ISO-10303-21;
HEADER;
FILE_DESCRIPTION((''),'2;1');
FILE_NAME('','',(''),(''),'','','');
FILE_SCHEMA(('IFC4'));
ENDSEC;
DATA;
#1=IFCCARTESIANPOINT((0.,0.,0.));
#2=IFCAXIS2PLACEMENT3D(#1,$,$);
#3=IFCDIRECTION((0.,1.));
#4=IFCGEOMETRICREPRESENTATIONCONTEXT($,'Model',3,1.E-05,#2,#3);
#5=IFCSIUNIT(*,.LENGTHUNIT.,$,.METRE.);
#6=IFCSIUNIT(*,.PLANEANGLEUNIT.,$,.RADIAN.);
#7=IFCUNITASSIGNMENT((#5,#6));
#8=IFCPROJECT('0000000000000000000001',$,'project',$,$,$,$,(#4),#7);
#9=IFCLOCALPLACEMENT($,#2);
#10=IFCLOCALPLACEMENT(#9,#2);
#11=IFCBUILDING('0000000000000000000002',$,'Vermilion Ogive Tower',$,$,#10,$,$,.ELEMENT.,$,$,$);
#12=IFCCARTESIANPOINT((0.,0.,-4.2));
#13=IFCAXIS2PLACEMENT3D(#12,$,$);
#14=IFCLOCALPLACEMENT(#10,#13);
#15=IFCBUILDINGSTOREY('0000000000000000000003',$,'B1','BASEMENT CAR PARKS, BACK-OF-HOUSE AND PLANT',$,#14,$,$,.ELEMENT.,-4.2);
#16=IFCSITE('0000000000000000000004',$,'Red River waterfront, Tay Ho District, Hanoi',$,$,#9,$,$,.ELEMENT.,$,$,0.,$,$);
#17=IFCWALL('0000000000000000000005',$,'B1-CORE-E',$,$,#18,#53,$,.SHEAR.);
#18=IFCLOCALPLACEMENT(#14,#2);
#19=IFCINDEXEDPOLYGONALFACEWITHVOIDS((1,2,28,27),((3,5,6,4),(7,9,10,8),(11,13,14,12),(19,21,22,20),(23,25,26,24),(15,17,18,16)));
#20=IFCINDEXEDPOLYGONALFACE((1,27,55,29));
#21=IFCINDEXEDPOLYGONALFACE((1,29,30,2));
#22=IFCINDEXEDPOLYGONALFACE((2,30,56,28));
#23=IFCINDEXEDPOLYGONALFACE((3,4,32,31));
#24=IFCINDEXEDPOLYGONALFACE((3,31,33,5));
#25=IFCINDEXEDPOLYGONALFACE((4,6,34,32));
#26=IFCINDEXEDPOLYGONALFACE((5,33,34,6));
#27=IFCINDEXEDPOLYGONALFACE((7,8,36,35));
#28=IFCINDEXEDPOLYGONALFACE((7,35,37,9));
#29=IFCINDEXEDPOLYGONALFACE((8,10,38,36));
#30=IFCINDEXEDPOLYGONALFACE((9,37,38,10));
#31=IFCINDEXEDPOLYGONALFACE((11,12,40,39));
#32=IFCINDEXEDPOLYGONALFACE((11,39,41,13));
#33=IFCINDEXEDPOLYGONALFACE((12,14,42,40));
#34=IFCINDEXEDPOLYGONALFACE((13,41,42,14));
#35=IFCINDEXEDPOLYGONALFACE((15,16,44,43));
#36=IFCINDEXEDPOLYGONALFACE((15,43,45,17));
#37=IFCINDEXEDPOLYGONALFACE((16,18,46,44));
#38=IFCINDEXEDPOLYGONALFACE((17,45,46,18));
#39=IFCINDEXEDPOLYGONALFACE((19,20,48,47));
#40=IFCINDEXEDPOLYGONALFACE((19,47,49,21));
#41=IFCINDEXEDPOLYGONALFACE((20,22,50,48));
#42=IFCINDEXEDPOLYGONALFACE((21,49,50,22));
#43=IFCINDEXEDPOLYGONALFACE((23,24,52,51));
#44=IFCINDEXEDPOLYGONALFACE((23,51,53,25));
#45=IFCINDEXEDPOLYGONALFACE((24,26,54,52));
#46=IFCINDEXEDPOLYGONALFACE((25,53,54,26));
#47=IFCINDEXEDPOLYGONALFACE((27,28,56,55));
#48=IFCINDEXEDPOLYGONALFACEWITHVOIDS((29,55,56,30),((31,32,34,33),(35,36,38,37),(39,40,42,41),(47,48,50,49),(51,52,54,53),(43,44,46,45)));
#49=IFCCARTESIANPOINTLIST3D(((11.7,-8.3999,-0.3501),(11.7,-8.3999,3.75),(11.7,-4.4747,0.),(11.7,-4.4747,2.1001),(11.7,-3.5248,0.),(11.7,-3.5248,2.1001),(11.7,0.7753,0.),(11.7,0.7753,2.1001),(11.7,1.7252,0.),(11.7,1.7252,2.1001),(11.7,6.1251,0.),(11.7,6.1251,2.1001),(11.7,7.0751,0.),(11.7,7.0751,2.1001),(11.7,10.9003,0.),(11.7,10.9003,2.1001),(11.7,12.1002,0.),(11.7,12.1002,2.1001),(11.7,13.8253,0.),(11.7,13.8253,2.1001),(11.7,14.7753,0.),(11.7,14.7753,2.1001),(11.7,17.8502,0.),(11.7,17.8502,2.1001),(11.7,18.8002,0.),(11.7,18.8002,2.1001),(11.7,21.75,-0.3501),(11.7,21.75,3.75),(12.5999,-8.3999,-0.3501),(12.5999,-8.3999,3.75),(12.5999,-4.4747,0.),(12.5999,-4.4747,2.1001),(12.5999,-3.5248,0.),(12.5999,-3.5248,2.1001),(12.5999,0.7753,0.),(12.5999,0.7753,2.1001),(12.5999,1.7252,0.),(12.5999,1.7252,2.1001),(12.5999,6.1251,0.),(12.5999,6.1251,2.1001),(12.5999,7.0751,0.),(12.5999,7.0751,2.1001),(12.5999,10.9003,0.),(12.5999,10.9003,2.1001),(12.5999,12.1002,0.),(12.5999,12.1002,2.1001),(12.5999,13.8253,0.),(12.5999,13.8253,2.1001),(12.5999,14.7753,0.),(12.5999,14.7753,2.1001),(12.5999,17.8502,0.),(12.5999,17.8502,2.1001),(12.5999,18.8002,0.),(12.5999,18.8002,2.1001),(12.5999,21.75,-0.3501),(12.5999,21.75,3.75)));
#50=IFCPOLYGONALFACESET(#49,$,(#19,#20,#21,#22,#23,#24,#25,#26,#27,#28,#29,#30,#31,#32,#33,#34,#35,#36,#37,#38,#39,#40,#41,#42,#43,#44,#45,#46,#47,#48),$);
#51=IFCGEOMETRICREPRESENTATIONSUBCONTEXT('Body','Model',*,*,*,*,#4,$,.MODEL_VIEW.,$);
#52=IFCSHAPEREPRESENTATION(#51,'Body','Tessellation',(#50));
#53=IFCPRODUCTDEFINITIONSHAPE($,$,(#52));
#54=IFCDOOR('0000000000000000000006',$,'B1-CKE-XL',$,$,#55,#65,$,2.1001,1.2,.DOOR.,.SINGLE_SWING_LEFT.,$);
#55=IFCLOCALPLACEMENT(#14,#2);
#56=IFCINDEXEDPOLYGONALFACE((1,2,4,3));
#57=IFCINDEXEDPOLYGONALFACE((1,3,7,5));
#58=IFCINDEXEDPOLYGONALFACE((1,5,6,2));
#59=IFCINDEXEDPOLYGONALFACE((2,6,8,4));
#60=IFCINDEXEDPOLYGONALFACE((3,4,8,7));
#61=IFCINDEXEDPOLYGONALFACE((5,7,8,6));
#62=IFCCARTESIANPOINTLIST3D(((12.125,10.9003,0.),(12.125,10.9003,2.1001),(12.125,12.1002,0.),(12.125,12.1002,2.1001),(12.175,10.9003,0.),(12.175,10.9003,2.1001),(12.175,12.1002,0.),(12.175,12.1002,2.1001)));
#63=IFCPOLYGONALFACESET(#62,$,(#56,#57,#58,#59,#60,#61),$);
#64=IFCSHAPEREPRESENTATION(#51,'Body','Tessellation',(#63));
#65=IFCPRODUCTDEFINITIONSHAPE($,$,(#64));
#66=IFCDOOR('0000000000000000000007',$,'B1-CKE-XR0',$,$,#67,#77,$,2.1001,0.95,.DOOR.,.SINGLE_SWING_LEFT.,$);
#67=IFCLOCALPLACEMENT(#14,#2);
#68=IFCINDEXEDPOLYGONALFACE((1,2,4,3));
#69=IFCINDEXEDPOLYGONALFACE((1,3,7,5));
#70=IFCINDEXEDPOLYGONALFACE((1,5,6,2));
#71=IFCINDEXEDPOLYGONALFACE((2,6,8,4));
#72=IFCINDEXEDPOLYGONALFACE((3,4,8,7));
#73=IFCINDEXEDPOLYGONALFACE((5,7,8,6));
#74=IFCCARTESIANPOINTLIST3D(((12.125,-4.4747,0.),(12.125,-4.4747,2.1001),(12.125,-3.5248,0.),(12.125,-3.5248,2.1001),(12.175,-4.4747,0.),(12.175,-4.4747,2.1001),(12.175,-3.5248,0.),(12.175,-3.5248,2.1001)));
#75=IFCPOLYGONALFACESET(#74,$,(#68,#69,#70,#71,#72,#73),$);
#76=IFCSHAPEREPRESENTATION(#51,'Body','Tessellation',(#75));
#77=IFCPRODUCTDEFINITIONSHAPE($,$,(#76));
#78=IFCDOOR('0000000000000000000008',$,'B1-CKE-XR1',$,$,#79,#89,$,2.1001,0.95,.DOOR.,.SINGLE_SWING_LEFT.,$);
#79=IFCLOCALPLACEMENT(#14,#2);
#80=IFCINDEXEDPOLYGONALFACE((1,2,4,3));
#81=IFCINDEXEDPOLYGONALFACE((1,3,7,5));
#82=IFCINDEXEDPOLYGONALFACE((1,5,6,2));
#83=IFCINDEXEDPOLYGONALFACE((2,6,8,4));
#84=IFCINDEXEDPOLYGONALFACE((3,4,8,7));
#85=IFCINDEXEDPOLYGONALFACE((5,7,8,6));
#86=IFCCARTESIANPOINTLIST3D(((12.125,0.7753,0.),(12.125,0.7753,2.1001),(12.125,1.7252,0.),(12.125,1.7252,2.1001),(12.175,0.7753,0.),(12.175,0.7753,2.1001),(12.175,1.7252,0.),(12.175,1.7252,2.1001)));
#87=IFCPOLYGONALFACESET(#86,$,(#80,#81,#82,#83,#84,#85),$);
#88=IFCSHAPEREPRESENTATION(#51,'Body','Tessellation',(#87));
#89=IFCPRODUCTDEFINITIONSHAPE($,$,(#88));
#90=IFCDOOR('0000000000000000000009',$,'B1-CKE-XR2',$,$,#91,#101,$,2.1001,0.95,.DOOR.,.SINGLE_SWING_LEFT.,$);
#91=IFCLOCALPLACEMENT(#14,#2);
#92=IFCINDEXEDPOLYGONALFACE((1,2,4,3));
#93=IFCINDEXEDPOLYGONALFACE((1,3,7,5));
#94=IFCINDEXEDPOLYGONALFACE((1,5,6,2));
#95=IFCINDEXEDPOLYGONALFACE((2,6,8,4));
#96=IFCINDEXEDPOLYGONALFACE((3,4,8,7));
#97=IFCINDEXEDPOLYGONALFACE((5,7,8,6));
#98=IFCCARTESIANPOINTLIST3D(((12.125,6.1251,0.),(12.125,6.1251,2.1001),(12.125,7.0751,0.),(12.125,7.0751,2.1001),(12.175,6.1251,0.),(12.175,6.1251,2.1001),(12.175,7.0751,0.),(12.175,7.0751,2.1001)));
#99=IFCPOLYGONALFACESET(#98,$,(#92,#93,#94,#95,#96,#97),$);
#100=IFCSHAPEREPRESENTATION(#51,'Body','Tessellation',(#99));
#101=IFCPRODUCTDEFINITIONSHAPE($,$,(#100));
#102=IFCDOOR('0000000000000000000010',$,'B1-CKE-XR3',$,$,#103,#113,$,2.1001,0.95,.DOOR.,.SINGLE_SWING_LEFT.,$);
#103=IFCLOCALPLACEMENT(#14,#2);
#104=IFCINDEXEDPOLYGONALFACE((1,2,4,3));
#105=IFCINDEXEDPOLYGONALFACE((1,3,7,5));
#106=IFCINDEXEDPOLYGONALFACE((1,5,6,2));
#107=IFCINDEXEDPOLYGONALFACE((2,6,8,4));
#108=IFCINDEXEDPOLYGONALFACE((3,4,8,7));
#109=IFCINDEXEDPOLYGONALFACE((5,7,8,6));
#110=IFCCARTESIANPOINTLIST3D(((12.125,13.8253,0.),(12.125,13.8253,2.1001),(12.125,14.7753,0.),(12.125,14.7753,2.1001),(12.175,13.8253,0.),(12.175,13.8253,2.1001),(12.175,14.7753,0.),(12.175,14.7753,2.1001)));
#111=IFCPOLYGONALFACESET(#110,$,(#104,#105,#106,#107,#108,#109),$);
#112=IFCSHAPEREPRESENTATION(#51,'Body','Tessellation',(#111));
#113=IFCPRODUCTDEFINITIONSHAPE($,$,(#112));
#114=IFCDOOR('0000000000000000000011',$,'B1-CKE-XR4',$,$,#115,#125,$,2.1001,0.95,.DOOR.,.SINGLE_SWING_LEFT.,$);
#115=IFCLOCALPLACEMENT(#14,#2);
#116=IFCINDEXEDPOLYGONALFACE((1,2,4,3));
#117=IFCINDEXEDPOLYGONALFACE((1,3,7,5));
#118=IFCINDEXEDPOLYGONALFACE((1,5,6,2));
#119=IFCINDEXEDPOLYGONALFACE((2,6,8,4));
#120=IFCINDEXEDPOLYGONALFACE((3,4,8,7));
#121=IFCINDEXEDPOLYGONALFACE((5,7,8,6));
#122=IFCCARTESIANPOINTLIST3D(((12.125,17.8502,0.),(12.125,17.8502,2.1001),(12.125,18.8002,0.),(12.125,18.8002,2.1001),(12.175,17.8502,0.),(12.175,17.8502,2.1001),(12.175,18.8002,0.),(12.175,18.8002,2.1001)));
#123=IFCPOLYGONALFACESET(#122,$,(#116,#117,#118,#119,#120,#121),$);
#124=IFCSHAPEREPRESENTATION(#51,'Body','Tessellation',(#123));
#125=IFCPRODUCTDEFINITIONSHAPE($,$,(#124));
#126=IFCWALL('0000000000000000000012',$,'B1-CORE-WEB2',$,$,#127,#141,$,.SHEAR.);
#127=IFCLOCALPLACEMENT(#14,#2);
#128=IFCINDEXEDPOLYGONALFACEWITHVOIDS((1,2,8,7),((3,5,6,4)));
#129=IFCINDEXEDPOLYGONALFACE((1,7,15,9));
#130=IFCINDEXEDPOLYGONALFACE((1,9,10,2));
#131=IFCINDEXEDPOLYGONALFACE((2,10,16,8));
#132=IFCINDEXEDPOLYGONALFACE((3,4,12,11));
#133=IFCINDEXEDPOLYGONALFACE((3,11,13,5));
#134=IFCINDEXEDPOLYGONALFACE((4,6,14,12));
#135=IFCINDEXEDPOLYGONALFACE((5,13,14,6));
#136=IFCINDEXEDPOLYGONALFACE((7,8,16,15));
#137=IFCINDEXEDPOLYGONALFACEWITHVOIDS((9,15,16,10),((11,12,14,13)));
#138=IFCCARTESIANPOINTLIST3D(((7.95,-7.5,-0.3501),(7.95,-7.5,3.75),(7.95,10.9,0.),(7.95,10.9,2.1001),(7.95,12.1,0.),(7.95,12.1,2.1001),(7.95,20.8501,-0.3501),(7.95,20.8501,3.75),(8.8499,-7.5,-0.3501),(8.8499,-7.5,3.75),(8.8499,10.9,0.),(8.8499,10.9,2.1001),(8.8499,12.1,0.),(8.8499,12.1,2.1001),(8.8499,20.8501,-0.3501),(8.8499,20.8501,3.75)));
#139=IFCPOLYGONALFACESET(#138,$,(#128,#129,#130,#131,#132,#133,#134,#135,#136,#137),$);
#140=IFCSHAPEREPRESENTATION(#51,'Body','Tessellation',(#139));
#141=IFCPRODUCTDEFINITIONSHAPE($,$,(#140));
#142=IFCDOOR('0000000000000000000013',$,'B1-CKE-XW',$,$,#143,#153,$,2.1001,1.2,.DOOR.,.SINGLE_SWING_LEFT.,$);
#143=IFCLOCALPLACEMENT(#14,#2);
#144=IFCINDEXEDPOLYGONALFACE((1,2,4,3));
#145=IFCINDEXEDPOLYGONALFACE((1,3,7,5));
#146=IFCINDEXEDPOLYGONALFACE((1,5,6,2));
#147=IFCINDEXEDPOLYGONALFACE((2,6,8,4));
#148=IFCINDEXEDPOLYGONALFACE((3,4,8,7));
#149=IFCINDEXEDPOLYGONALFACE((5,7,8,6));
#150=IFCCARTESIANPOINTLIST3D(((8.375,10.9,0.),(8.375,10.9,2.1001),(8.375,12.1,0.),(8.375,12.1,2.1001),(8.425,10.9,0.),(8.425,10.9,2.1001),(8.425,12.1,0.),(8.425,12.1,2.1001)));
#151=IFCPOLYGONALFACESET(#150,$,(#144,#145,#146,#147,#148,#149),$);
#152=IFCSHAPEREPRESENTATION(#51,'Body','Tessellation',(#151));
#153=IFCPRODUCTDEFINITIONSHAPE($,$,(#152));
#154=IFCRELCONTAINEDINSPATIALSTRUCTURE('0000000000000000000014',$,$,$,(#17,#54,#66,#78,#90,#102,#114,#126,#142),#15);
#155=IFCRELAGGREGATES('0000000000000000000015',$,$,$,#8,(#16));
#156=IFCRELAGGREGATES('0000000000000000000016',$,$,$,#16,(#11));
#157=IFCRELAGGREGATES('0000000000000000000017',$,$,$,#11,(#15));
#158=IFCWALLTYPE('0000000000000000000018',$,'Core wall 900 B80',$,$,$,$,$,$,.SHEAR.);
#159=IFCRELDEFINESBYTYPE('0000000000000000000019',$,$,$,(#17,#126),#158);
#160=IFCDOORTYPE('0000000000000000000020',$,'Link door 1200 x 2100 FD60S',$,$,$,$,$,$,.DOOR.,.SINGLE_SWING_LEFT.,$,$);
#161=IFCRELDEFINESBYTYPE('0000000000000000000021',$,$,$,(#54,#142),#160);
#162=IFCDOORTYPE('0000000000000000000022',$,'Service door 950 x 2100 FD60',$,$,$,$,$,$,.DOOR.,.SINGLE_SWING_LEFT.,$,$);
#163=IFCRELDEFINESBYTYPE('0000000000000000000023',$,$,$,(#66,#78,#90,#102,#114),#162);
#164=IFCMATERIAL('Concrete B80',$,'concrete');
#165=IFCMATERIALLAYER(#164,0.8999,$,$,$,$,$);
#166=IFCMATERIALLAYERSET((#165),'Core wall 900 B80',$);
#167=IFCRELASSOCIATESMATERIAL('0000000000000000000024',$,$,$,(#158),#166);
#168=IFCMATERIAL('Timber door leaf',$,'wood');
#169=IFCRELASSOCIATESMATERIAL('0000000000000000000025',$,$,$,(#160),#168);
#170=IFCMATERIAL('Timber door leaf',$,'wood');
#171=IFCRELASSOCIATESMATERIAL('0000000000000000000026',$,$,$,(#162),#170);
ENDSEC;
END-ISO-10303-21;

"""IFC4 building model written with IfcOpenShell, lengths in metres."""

from ifc_helpers import new_model, si_unit, direction, frame, frame_2d, origin, place, context, subcontext, project, spatial, rectangle, extrude, material, layer, layer_set, type_object, element, fill, save


model = new_model("IFC4")

# Units and contexts
model_context = context("Model", 3, precision=1e-05, world=origin(), true_north=direction((0.0, 1.0)))
body_context = subcontext(model_context, "Body", "Model", "MODEL_VIEW")
ifc_project = project(units=[si_unit("LENGTHUNIT", "METRE"), si_unit("PLANEANGLEUNIT", "RADIAN")], contexts=[model_context])

# Site, building, storey
site_placement = place(None, origin())
site = spatial("IfcSite", under=ifc_project, at=site_placement, Name="Red River waterfront, Tay Ho District, Hanoi", CompositionType="ELEMENT", RefElevation=0.0)
building_placement = place(site_placement, origin())
building = spatial("IfcBuilding", under=site, at=building_placement, Name="Vermilion Ogive Tower", CompositionType="ELEMENT")
storey_placement = place(building_placement, frame((0.0, 0.0, -4.2)))
storey = spatial("IfcBuildingStorey", under=building, at=storey_placement, Name="B1", Description="BASEMENT CAR PARKS, BACK-OF-HOUSE AND PLANT", CompositionType="ELEMENT", Elevation=-4.2)

# Wall, openings, doors
ifc_material_1 = material(Name="Concrete B80", Category="concrete")
ifc_layer_1 = layer(ifc_material_1, 0.8999)
ifc_layer_set_1 = layer_set([ifc_layer_1], Name="Core wall 900 B80")
wall_type_1 = type_object("IfcWallType", Name="Core wall 900 B80", PredefinedType="SHEAR", material=ifc_layer_set_1)
wall_1_placement = place(storey_placement, frame((12.1499, -8.3999, -0.3501), z_axis=(0.0, 0.0, 1.0), x_axis=(0.0, 1.0, 0.0)))
wall_1 = element("IfcWall", 1, at=wall_1_placement, inside=storey, type_object=wall_type_1, Name="B1-CORE-E", PredefinedType="SHEAR", context=body_context, shape_type="SweptSolid", body=[
    extrude(rectangle(XDim=30.1499, YDim=0.8999, at=frame_2d((15.075, 0.0))), origin(), (0.0, 0.0, 1.0), 4.1001),
])
opening_1_placement = place(wall_1_placement, frame((3.925, 0.0, 0.3501)))
opening_1 = element("IfcOpeningElement", 2, at=opening_1_placement, cuts=wall_1, PredefinedType="OPENING", context=body_context, shape_type="SweptSolid", body=[
    extrude(rectangle(XDim=0.95, YDim=2.1001, at=frame_2d((0.4751, 1.05))), frame((0.0, 0.46, 0.0), z_axis=(0.0, -1.0, 0.0), x_axis=(1.0, 0.0, 0.0)), (0.0, 0.0, 1.0), 0.9199),
])
opening_2_placement = place(wall_1_placement, frame((9.175, 0.0, 0.3501)))
opening_2 = element("IfcOpeningElement", 3, at=opening_2_placement, cuts=wall_1, PredefinedType="OPENING", context=body_context, shape_type="SweptSolid", body=[
    extrude(rectangle(XDim=0.95, YDim=2.1001, at=frame_2d((0.4751, 1.05))), frame((0.0, 0.46, 0.0), z_axis=(0.0, -1.0, 0.0), x_axis=(1.0, 0.0, 0.0)), (0.0, 0.0, 1.0), 0.9199),
])
opening_3_placement = place(wall_1_placement, frame((14.5249, 0.0, 0.3501)))
opening_3 = element("IfcOpeningElement", 4, at=opening_3_placement, cuts=wall_1, PredefinedType="OPENING", context=body_context, shape_type="SweptSolid", body=[
    extrude(rectangle(XDim=0.95, YDim=2.1001, at=frame_2d((0.4751, 1.05))), frame((0.0, 0.46, 0.0), z_axis=(0.0, -1.0, 0.0), x_axis=(1.0, 0.0, 0.0)), (0.0, 0.0, 1.0), 0.9199),
])
opening_4_placement = place(wall_1_placement, frame((22.2251, 0.0, 0.3501)))
opening_4 = element("IfcOpeningElement", 5, at=opening_4_placement, cuts=wall_1, PredefinedType="OPENING", context=body_context, shape_type="SweptSolid", body=[
    extrude(rectangle(XDim=0.95, YDim=2.1001, at=frame_2d((0.4751, 1.05))), frame((0.0, 0.46, 0.0), z_axis=(0.0, -1.0, 0.0), x_axis=(1.0, 0.0, 0.0)), (0.0, 0.0, 1.0), 0.9199),
])
opening_5_placement = place(wall_1_placement, frame((26.25, 0.0, 0.3501)))
opening_5 = element("IfcOpeningElement", 6, at=opening_5_placement, cuts=wall_1, PredefinedType="OPENING", context=body_context, shape_type="SweptSolid", body=[
    extrude(rectangle(XDim=0.95, YDim=2.1001, at=frame_2d((0.4751, 1.05))), frame((0.0, 0.46, 0.0), z_axis=(0.0, -1.0, 0.0), x_axis=(1.0, 0.0, 0.0)), (0.0, 0.0, 1.0), 0.9199),
])
opening_6_placement = place(wall_1_placement, frame((19.3, 0.0, 0.3501)))
opening_6 = element("IfcOpeningElement", 7, at=opening_6_placement, cuts=wall_1, PredefinedType="OPENING", context=body_context, shape_type="SweptSolid", body=[
    extrude(rectangle(XDim=1.2, YDim=2.1001, at=frame_2d((0.6001, 1.05))), frame((0.0, 0.46, 0.0), z_axis=(0.0, -1.0, 0.0), x_axis=(1.0, 0.0, 0.0)), (0.0, 0.0, 1.0), 0.9199),
])
ifc_material_2 = material(Name="Timber door leaf", Category="wood")
door_type_1 = type_object("IfcDoorType", Name="Link door 1200 x 2100 FD60S", OperationType="SINGLE_SWING_LEFT", PredefinedType="DOOR", material=ifc_material_2)
door_1_placement = place(opening_6_placement, origin())
door_1 = element("IfcDoor", 8, at=door_1_placement, inside=storey, type_object=door_type_1, Name="B1-CKE-XL", OperationType="SINGLE_SWING_LEFT", OverallHeight=2.1001, OverallWidth=1.2, PredefinedType="DOOR", context=body_context, shape_type="SweptSolid", body=[
    extrude(rectangle(XDim=1.2, YDim=2.1001, at=frame_2d((0.6001, 1.05))), frame((0.0, 0.0249, 0.0), z_axis=(0.0, -1.0, 0.0), x_axis=(1.0, 0.0, 0.0)), (0.0, 0.0, 1.0), 0.05),
])
fill(opening_6, door_1)
ifc_material_3 = material(Name="Timber door leaf", Category="wood")
door_type_2 = type_object("IfcDoorType", Name="Service door 950 x 2100 FD60", OperationType="SINGLE_SWING_LEFT", PredefinedType="DOOR", material=ifc_material_3)
door_2_placement = place(opening_1_placement, origin())
door_2 = element("IfcDoor", 9, at=door_2_placement, inside=storey, type_object=door_type_2, Name="B1-CKE-XR0", OperationType="SINGLE_SWING_LEFT", OverallHeight=2.1001, OverallWidth=0.95, PredefinedType="DOOR", context=body_context, shape_type="SweptSolid", body=[
    extrude(rectangle(XDim=0.95, YDim=2.1001, at=frame_2d((0.4751, 1.05))), frame((0.0, 0.0249, 0.0), z_axis=(0.0, -1.0, 0.0), x_axis=(1.0, 0.0, 0.0)), (0.0, 0.0, 1.0), 0.05),
])
fill(opening_1, door_2)
door_3_placement = place(opening_2_placement, origin())
door_3 = element("IfcDoor", 10, at=door_3_placement, inside=storey, type_object=door_type_2, Name="B1-CKE-XR1", OperationType="SINGLE_SWING_LEFT", OverallHeight=2.1001, OverallWidth=0.95, PredefinedType="DOOR", context=body_context, shape_type="SweptSolid", body=[
    extrude(rectangle(XDim=0.95, YDim=2.1001, at=frame_2d((0.4751, 1.05))), frame((0.0, 0.0249, 0.0), z_axis=(0.0, -1.0, 0.0), x_axis=(1.0, 0.0, 0.0)), (0.0, 0.0, 1.0), 0.05),
])
fill(opening_2, door_3)
door_4_placement = place(opening_3_placement, origin())
door_4 = element("IfcDoor", 11, at=door_4_placement, inside=storey, type_object=door_type_2, Name="B1-CKE-XR2", OperationType="SINGLE_SWING_LEFT", OverallHeight=2.1001, OverallWidth=0.95, PredefinedType="DOOR", context=body_context, shape_type="SweptSolid", body=[
    extrude(rectangle(XDim=0.95, YDim=2.1001, at=frame_2d((0.4751, 1.05))), frame((0.0, 0.0249, 0.0), z_axis=(0.0, -1.0, 0.0), x_axis=(1.0, 0.0, 0.0)), (0.0, 0.0, 1.0), 0.05),
])
fill(opening_3, door_4)
door_5_placement = place(opening_4_placement, origin())
door_5 = element("IfcDoor", 12, at=door_5_placement, inside=storey, type_object=door_type_2, Name="B1-CKE-XR3", OperationType="SINGLE_SWING_LEFT", OverallHeight=2.1001, OverallWidth=0.95, PredefinedType="DOOR", context=body_context, shape_type="SweptSolid", body=[
    extrude(rectangle(XDim=0.95, YDim=2.1001, at=frame_2d((0.4751, 1.05))), frame((0.0, 0.0249, 0.0), z_axis=(0.0, -1.0, 0.0), x_axis=(1.0, 0.0, 0.0)), (0.0, 0.0, 1.0), 0.05),
])
fill(opening_4, door_5)
door_6_placement = place(opening_5_placement, origin())
door_6 = element("IfcDoor", 13, at=door_6_placement, inside=storey, type_object=door_type_2, Name="B1-CKE-XR4", OperationType="SINGLE_SWING_LEFT", OverallHeight=2.1001, OverallWidth=0.95, PredefinedType="DOOR", context=body_context, shape_type="SweptSolid", body=[
    extrude(rectangle(XDim=0.95, YDim=2.1001, at=frame_2d((0.4751, 1.05))), frame((0.0, 0.0249, 0.0), z_axis=(0.0, -1.0, 0.0), x_axis=(1.0, 0.0, 0.0)), (0.0, 0.0, 1.0), 0.05),
])
fill(opening_5, door_6)

# Wall, opening, door
wall_2_placement = place(storey_placement, frame((8.3999, -7.5, -0.3501), z_axis=(0.0, 0.0, 1.0), x_axis=(0.0, 1.0, 0.0)))
wall_2 = element("IfcWall", 14, at=wall_2_placement, inside=storey, type_object=wall_type_1, Name="B1-CORE-WEB2", PredefinedType="SHEAR", context=body_context, shape_type="SweptSolid", body=[
    extrude(rectangle(XDim=28.3501, YDim=0.8999, at=frame_2d((14.175, 0.0))), origin(), (0.0, 0.0, 1.0), 4.1001),
])
opening_7_placement = place(wall_2_placement, frame((18.3999, 0.0, 0.3501)))
opening_7 = element("IfcOpeningElement", 15, at=opening_7_placement, cuts=wall_2, PredefinedType="OPENING", context=body_context, shape_type="SweptSolid", body=[
    extrude(rectangle(XDim=1.2, YDim=2.1001, at=frame_2d((0.6001, 1.05))), frame((0.0, 0.46, 0.0), z_axis=(0.0, -1.0, 0.0), x_axis=(1.0, 0.0, 0.0)), (0.0, 0.0, 1.0), 0.9199),
])
door_7_placement = place(opening_7_placement, origin())
door_7 = element("IfcDoor", 16, at=door_7_placement, inside=storey, type_object=door_type_1, Name="B1-CKE-XW", OperationType="SINGLE_SWING_LEFT", OverallHeight=2.1001, OverallWidth=1.2, PredefinedType="DOOR", context=body_context, shape_type="SweptSolid", body=[
    extrude(rectangle(XDim=1.2, YDim=2.1001, at=frame_2d((0.6001, 1.05))), frame((0.0, 0.0249, 0.0), z_axis=(0.0, -1.0, 0.0), x_axis=(1.0, 0.0, 0.0)), (0.0, 0.0, 1.0), 0.05),
])
fill(opening_7, door_7)

save(model, "model.ifc")
